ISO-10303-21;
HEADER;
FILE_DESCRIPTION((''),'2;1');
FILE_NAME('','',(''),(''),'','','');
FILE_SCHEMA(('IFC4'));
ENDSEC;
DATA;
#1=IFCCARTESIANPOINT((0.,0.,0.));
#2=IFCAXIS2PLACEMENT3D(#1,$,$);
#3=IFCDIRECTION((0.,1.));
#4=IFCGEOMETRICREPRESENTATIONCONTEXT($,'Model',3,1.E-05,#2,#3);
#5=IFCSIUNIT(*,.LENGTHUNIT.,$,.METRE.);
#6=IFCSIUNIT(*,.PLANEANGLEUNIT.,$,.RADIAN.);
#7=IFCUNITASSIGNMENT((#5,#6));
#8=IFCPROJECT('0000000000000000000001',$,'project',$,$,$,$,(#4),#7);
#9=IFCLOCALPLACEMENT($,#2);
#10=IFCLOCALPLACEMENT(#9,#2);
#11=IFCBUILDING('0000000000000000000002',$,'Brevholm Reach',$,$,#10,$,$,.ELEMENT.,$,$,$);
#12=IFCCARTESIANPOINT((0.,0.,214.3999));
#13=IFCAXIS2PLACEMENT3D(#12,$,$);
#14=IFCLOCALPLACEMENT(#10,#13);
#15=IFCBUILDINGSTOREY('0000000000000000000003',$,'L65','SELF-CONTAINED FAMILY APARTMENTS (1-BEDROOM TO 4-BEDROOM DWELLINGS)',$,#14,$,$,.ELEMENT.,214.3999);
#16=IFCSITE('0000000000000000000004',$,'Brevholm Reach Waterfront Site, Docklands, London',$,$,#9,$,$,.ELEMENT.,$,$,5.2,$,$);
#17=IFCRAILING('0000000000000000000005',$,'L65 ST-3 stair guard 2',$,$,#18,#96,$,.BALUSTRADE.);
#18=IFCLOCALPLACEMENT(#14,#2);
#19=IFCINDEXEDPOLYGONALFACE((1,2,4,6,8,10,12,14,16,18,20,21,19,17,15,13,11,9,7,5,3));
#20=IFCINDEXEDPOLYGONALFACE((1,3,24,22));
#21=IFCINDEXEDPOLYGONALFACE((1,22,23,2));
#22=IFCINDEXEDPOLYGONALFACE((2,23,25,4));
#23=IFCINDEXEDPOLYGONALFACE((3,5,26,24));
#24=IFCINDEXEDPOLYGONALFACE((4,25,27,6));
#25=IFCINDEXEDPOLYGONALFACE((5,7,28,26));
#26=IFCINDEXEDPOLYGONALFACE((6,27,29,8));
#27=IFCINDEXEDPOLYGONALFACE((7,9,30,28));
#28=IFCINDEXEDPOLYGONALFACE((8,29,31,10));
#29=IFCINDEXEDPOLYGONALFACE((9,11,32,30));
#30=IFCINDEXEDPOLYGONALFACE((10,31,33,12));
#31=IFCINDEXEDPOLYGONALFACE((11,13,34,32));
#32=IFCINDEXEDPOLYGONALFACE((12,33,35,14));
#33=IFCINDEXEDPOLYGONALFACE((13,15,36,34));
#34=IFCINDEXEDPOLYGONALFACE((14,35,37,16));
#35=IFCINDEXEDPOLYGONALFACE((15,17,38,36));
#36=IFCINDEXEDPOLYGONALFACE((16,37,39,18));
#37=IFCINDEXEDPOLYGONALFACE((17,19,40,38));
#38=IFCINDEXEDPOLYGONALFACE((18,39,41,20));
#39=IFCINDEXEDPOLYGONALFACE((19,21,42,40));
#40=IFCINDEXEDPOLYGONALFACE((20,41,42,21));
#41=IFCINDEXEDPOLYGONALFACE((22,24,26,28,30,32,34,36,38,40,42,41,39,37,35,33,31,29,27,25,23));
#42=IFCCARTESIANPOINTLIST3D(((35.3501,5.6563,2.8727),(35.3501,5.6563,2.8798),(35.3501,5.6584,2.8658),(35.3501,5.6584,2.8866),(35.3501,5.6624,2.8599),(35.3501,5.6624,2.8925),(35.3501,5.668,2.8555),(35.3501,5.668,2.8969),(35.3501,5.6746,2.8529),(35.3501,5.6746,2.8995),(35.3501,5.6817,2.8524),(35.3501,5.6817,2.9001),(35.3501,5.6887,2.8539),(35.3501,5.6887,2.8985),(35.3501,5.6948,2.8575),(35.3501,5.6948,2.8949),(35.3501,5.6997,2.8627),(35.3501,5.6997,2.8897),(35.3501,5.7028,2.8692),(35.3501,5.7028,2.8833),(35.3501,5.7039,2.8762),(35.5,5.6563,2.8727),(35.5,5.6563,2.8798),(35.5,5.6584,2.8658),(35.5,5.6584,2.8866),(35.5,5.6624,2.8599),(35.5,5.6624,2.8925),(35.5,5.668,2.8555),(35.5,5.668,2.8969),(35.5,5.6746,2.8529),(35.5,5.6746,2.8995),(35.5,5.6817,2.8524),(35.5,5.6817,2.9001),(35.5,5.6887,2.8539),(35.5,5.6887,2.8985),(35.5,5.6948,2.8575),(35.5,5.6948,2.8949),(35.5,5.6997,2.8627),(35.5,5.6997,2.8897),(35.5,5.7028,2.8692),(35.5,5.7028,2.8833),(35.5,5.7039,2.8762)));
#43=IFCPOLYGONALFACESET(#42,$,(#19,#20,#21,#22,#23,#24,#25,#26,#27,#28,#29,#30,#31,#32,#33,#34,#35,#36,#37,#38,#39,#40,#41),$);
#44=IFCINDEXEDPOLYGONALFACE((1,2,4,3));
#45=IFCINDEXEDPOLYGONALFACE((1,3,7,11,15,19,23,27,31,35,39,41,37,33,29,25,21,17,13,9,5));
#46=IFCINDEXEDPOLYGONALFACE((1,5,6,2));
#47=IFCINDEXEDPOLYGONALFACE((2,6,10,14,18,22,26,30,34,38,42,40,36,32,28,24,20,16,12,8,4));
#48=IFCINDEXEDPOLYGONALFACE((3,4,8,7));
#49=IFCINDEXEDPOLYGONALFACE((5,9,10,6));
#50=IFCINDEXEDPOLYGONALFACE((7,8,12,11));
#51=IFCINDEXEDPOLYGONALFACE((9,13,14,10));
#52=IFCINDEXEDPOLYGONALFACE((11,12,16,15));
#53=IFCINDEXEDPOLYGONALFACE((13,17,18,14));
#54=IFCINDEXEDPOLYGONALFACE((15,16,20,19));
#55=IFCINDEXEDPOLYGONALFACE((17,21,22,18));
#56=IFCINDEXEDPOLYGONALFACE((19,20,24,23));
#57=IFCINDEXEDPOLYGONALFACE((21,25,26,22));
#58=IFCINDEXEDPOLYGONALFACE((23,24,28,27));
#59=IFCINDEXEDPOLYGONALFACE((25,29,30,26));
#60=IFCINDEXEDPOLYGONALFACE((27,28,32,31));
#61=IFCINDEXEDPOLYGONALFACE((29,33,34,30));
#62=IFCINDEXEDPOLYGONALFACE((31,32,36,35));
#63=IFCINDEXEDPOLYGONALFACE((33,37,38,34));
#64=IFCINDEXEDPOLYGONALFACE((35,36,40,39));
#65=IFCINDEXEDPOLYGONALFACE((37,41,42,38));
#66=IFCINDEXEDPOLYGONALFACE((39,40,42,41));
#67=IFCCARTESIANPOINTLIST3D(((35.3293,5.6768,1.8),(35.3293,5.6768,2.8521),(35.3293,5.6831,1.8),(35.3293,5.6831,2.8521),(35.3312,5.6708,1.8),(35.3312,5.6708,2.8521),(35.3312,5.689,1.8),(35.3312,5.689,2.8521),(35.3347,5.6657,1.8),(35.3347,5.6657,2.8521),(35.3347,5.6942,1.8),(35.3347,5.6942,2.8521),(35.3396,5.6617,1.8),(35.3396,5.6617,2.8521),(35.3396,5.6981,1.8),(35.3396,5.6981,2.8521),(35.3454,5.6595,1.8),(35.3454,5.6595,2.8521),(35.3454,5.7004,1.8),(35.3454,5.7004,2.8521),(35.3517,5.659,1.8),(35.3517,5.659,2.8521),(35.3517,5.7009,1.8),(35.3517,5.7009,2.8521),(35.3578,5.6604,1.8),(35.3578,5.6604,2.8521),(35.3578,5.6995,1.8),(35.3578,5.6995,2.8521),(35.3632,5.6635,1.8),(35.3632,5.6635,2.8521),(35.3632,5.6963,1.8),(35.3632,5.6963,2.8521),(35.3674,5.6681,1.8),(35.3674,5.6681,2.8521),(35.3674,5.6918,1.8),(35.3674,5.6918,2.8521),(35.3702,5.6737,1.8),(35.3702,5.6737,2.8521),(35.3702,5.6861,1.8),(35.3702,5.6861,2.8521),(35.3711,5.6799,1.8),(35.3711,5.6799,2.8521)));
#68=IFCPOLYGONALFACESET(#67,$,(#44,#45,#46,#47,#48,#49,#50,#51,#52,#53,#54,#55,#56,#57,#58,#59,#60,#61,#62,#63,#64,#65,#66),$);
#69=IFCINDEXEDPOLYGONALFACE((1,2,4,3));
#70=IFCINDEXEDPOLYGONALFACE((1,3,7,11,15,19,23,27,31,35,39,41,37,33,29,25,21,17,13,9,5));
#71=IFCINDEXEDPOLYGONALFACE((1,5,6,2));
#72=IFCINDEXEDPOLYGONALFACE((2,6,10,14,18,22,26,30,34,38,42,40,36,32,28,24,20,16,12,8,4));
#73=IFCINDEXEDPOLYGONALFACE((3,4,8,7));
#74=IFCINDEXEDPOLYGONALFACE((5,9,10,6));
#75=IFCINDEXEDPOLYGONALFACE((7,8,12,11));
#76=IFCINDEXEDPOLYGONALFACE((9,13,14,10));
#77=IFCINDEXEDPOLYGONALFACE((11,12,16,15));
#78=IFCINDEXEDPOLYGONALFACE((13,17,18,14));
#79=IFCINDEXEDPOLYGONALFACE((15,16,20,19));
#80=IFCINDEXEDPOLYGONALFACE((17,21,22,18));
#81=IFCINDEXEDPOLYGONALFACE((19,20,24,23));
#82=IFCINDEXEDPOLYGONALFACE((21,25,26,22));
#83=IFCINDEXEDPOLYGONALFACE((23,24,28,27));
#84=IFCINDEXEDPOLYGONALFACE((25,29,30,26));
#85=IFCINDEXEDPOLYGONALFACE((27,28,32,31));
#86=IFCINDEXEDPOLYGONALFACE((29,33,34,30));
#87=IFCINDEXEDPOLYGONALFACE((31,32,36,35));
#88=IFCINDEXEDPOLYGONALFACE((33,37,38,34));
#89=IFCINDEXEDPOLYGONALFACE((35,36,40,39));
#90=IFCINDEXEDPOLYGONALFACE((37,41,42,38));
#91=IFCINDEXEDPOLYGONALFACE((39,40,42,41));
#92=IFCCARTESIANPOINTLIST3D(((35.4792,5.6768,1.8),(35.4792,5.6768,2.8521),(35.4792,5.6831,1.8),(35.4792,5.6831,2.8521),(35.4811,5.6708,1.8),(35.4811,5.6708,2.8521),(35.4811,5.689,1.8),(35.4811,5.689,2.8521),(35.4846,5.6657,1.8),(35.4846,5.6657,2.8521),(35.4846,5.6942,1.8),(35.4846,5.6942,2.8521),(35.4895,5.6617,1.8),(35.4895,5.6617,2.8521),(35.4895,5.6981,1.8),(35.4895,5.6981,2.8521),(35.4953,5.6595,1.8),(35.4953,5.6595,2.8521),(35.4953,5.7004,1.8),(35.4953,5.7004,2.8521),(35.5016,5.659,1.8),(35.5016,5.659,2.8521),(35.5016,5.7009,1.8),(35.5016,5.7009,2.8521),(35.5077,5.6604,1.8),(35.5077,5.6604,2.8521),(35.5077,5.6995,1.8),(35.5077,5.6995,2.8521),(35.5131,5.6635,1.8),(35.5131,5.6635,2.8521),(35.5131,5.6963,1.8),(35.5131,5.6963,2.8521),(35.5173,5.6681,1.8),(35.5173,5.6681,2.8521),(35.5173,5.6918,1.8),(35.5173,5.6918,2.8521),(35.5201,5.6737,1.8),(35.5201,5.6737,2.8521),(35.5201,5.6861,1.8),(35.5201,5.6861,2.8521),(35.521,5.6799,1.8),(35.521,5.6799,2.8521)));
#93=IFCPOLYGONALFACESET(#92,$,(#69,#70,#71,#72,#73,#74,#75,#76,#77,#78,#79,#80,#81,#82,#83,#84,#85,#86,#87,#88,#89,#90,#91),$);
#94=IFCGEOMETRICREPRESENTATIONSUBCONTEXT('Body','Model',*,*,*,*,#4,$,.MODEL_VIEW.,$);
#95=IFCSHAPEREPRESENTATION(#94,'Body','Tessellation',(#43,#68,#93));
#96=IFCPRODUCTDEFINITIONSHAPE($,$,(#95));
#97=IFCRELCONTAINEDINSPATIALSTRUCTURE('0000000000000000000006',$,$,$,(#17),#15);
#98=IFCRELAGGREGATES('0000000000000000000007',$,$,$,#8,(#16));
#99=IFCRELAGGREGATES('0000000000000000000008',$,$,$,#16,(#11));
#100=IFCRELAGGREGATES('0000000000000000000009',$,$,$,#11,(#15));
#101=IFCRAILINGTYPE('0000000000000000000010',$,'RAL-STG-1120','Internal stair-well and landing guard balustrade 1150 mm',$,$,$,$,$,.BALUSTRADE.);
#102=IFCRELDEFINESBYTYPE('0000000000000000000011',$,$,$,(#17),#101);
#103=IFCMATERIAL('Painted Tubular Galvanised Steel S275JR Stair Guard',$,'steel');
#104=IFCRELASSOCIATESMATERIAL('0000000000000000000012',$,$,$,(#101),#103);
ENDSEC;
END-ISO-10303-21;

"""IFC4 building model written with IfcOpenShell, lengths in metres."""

from ifc_helpers import new_model, si_unit, direction, frame, origin, origin_2d, place, context, subcontext, project, spatial, circle, extrude, material, type_object, element, save


model = new_model("IFC4")

# Units and contexts
model_context = context("Model", 3, precision=1e-05, world=origin(), true_north=direction((0.0, 1.0)))
body_context = subcontext(model_context, "Body", "Model", "MODEL_VIEW")
ifc_project = project(units=[si_unit("LENGTHUNIT", "METRE"), si_unit("PLANEANGLEUNIT", "RADIAN")], contexts=[model_context])

# Site, building, storey
site_placement = place(None, origin())
site = spatial("IfcSite", under=ifc_project, at=site_placement, Name="Brevholm Reach Waterfront Site, Docklands, London", CompositionType="ELEMENT", RefElevation=5.2)
building_placement = place(site_placement, origin())
building = spatial("IfcBuilding", under=site, at=building_placement, Name="Brevholm Reach", CompositionType="ELEMENT")
storey_placement = place(building_placement, frame((0.0, 0.0, 214.3999)))
storey = spatial("IfcBuildingStorey", under=building, at=storey_placement, Name="L65", Description="SELF-CONTAINED FAMILY APARTMENTS (1-BEDROOM TO 4-BEDROOM DWELLINGS)", CompositionType="ELEMENT", Elevation=214.3999)

# Railing
ifc_material_1 = material(Name="Painted Tubular Galvanised Steel S275JR Stair Guard", Category="steel")
railing_type_1 = type_object("IfcRailingType", Name="RAL-STG-1120", Description="Internal stair-well and landing guard balustrade 1150 mm", PredefinedType="BALUSTRADE", material=ifc_material_1)
railing_1_placement = place(storey_placement, frame((35.3501, 5.6799, 1.8)))
element("IfcRailing", 1, at=railing_1_placement, inside=storey, type_object=railing_type_1, Name="L65 ST-3 stair guard 2", PredefinedType="BALUSTRADE", context=body_context, shape_type="SweptSolid", body=[
    extrude(circle(Radius=0.0239, at=origin_2d()), frame((0.0, 0.0, 1.0762), z_axis=(1.0, 0.0, 0.0), x_axis=(0.0, 1.0, 0.0)), (0.0, 0.0, 1.0), 0.1499),
    extrude(circle(Radius=0.021, at=origin_2d()), origin(), (0.0, 0.0, 1.0), 1.052),
    extrude(circle(Radius=0.021, at=origin_2d()), frame((0.1499, 0.0, 0.0)), (0.0, 0.0, 1.0), 1.052),
])

save(model, "model.ifc")
